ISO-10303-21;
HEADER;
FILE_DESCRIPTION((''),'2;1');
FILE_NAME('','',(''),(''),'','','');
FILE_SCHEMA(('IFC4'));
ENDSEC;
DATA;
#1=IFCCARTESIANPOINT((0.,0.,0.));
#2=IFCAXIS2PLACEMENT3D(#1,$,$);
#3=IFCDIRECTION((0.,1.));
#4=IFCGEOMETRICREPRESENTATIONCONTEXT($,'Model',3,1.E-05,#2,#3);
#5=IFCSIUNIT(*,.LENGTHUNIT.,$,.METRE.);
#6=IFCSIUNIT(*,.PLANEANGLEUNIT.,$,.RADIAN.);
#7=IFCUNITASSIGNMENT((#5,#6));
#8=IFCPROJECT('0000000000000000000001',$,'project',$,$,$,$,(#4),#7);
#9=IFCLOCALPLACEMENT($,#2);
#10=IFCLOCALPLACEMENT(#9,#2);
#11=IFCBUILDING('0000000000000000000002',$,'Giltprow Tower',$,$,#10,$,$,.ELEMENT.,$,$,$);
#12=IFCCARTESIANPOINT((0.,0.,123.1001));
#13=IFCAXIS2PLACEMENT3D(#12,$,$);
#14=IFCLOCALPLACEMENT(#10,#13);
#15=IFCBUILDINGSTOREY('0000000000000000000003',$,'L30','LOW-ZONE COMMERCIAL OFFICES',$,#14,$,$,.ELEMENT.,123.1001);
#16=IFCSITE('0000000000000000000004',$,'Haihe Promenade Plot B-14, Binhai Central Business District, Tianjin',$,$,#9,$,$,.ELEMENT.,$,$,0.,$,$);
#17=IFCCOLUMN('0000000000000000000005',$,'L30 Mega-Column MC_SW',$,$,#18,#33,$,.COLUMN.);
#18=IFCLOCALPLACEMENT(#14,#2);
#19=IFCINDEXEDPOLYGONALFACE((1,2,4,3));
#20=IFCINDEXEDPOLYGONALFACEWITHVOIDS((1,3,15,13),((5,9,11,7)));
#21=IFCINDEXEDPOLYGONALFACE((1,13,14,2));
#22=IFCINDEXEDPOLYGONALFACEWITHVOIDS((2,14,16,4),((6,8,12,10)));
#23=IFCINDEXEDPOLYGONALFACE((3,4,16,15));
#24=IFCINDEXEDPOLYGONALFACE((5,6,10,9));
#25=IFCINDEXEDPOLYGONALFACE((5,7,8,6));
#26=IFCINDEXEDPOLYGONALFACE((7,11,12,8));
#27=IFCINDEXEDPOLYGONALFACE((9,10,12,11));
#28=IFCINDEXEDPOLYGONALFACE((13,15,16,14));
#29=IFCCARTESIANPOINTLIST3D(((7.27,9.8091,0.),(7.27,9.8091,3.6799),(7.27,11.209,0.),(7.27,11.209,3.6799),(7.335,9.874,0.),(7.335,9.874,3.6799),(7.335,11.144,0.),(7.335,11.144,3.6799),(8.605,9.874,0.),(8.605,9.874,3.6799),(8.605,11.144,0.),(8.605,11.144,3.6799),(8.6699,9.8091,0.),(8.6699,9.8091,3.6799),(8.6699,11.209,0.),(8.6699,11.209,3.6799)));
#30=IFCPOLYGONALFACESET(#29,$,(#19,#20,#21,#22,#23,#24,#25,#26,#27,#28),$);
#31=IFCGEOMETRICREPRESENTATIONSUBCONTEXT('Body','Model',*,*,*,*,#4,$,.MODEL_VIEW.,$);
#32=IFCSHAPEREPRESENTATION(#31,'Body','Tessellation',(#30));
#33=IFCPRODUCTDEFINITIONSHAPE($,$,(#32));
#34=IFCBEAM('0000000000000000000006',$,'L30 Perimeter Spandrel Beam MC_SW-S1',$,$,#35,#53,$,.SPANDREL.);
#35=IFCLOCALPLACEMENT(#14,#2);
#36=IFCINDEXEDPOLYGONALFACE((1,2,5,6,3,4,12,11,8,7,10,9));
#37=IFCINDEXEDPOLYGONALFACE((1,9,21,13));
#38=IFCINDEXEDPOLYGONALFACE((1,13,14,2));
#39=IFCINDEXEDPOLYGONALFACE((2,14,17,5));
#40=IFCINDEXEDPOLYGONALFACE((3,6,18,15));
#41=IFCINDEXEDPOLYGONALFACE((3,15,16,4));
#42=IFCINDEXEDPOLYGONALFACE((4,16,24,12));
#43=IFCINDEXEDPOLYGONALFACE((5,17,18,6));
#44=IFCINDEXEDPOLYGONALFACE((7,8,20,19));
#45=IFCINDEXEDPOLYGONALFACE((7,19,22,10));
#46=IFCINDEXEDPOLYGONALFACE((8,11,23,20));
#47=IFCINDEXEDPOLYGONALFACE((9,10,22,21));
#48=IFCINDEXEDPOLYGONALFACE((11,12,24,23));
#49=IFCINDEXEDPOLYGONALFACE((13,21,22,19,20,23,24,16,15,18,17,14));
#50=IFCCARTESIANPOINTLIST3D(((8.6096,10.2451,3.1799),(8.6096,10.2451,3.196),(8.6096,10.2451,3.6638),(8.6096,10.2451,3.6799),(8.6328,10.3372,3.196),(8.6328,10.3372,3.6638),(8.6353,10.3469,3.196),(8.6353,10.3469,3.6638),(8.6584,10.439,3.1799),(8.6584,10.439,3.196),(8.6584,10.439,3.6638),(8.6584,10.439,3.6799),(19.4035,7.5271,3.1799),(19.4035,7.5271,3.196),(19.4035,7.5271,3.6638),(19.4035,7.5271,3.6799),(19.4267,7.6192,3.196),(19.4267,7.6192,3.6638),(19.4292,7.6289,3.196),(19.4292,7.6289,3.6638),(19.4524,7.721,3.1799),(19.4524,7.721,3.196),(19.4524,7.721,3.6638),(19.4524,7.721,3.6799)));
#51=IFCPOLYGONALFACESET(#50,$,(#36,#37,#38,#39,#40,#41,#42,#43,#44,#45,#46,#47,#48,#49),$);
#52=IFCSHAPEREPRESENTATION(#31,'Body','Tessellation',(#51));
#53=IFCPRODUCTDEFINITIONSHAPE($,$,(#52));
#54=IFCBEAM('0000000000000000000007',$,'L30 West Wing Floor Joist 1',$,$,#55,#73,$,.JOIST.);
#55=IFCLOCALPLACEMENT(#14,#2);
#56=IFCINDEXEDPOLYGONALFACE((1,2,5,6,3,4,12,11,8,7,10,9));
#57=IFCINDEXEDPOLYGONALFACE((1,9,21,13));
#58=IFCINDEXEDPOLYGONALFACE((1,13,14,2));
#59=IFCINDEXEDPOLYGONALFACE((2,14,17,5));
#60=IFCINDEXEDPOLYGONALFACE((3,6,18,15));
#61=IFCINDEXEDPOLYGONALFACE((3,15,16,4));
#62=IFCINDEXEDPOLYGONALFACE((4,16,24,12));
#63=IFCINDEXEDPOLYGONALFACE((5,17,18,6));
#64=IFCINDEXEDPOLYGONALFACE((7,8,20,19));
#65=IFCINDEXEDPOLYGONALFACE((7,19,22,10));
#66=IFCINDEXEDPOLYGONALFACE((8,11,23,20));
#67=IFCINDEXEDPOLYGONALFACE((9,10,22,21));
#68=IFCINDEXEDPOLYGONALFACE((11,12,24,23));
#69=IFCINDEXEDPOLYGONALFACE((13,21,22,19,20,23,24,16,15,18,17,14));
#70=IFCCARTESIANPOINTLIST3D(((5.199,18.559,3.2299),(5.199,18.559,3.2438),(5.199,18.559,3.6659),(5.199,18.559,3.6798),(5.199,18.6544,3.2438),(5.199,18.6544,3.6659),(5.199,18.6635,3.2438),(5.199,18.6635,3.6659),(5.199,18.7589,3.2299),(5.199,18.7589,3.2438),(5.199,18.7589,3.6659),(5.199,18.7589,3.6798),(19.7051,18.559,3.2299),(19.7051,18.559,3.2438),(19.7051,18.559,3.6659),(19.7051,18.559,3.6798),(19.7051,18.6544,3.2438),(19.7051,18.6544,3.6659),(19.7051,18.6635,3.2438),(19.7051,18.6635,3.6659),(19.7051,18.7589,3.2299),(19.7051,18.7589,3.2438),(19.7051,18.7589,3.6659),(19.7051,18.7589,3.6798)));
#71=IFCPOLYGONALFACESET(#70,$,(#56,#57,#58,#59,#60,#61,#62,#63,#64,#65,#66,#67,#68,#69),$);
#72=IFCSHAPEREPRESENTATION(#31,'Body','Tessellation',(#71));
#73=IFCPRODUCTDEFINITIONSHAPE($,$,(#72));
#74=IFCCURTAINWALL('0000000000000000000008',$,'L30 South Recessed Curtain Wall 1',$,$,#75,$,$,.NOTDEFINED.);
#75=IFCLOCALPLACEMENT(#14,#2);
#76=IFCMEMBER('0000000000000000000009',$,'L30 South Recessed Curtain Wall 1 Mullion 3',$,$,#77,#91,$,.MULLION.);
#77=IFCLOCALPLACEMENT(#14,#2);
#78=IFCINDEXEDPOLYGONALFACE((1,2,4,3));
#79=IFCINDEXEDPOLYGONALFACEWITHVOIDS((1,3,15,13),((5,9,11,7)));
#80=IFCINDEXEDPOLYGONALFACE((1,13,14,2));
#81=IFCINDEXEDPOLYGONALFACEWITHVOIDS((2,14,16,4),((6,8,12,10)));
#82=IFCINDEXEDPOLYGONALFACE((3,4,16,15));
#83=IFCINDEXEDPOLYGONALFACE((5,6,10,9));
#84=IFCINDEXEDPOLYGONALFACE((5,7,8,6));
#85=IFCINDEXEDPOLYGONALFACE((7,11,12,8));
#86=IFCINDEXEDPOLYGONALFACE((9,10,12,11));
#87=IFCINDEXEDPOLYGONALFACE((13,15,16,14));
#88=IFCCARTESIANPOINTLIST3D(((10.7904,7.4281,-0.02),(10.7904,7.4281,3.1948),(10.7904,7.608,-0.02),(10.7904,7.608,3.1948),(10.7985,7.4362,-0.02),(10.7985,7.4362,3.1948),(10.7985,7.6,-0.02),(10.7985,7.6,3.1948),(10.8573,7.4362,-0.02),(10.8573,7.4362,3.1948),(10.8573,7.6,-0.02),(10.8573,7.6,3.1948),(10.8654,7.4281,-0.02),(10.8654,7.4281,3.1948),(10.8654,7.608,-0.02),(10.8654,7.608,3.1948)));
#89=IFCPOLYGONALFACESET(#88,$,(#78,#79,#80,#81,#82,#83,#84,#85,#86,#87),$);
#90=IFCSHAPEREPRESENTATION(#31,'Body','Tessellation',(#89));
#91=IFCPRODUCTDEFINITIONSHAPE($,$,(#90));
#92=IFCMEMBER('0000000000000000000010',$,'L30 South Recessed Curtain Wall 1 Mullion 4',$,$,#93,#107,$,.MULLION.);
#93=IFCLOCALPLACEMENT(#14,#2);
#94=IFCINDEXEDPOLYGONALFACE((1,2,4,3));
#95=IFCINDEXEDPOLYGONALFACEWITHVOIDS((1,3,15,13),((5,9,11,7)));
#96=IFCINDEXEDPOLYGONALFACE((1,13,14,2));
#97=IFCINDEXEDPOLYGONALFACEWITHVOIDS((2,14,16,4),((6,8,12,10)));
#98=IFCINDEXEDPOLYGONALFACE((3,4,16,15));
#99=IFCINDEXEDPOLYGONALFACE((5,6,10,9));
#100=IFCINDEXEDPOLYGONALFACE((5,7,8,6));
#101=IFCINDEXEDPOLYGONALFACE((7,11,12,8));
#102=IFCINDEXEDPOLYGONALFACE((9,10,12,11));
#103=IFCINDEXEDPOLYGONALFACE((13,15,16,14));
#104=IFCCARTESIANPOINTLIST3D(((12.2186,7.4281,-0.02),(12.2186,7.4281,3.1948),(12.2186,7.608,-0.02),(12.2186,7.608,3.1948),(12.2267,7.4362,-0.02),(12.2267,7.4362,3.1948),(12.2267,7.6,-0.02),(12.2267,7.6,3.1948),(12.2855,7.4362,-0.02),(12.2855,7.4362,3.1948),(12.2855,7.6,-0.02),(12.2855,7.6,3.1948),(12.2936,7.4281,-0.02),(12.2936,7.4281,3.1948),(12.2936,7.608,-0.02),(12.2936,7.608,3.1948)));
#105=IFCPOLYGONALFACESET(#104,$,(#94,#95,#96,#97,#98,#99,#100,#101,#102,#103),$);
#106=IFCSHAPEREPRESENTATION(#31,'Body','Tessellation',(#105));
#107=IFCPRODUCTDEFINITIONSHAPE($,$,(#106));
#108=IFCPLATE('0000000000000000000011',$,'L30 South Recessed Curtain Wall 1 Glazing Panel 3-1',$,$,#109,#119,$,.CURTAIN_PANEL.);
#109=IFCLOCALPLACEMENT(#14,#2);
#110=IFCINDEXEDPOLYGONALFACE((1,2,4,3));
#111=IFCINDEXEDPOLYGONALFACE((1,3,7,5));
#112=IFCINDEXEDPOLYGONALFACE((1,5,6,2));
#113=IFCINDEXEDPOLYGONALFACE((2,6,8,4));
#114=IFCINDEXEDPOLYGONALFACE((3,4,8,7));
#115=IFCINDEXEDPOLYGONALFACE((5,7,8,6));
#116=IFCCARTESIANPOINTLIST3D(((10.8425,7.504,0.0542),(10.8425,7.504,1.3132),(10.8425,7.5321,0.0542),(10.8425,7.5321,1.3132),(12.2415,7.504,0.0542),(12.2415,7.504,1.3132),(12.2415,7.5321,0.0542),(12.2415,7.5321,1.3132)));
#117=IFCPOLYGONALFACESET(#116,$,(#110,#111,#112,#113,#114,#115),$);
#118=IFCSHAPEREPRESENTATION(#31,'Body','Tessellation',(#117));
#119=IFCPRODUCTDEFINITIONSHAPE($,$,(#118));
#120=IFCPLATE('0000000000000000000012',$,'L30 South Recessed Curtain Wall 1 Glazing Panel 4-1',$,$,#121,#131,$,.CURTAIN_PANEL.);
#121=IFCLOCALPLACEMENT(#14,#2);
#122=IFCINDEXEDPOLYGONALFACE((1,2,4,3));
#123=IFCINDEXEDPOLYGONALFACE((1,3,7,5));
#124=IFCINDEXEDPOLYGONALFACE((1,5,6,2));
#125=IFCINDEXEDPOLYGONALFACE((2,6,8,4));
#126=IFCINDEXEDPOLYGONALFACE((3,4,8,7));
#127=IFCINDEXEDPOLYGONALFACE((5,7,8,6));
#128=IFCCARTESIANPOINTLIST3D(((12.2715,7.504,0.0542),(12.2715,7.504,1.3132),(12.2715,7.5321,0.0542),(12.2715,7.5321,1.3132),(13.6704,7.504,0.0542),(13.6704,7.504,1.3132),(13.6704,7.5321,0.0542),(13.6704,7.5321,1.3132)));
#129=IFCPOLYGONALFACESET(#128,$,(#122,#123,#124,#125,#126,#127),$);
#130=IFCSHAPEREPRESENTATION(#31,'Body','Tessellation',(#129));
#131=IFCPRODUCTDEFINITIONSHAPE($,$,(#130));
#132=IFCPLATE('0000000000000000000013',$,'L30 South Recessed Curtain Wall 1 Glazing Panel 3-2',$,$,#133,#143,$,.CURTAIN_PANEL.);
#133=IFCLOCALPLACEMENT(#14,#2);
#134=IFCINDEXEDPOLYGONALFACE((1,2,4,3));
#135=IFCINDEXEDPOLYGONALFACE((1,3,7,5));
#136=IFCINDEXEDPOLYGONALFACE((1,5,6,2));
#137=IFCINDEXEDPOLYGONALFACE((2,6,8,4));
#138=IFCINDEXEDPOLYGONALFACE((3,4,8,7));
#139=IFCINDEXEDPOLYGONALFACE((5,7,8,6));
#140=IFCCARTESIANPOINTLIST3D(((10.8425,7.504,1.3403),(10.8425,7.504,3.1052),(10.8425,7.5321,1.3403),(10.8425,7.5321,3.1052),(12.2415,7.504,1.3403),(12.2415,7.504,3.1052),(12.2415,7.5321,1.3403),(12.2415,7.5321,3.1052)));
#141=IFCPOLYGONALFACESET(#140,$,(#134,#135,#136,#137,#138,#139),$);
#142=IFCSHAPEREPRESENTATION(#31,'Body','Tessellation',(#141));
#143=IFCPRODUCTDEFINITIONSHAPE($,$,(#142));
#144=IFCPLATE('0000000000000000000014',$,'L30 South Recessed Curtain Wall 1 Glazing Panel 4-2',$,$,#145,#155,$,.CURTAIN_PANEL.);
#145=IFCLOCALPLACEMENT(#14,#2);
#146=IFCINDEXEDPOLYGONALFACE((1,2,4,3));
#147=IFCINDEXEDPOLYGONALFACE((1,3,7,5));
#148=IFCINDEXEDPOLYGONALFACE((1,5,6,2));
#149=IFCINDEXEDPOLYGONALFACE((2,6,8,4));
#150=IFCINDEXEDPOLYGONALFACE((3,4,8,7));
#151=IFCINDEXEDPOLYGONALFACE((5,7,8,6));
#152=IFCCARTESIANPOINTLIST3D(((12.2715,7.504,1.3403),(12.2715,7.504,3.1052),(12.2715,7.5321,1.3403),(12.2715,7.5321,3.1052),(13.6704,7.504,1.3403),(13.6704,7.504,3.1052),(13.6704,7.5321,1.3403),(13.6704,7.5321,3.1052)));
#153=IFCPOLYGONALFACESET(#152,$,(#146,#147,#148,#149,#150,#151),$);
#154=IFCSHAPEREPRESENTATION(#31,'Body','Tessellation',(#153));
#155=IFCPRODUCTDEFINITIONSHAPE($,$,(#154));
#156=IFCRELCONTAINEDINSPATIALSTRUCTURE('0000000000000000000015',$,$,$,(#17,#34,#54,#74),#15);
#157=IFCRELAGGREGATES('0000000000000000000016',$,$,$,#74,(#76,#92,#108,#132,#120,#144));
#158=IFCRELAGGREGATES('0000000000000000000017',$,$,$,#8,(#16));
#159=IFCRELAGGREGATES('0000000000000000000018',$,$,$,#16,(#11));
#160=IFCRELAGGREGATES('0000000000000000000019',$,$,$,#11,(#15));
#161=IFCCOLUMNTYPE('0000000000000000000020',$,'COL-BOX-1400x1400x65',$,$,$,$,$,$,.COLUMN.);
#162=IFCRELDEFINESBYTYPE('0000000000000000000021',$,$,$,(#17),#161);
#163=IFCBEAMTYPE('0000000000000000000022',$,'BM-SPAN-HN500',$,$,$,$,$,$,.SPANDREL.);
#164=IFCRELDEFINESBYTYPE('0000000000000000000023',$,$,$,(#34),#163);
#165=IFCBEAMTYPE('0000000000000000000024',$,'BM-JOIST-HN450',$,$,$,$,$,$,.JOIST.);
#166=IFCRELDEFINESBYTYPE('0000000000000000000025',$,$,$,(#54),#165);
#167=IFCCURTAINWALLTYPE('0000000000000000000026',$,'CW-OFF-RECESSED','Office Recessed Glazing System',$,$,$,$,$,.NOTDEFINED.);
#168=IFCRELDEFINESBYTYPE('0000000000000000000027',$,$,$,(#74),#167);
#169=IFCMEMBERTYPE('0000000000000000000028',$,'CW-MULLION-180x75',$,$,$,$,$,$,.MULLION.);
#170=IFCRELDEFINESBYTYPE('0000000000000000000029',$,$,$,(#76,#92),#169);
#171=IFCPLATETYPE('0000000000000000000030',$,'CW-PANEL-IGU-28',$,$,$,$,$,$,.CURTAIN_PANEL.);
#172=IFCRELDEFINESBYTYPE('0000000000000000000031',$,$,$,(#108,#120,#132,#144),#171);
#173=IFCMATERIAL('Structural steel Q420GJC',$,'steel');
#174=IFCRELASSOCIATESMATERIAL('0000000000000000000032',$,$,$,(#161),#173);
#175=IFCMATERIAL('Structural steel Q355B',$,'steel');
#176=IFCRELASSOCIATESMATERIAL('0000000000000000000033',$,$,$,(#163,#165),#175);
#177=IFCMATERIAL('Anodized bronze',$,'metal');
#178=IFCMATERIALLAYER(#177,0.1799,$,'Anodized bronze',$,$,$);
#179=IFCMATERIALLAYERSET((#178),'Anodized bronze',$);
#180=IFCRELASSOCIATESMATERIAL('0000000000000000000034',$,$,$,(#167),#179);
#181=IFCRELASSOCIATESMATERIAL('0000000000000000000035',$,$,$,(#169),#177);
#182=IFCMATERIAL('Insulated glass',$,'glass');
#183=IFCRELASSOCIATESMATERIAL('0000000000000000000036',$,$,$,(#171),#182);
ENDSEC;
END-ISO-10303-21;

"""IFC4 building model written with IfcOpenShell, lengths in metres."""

from ifc_helpers import new_model, si_unit, direction, frame, origin, origin_2d, place, context, subcontext, project, spatial, rectangle, hollow_rectangle, i_section, extrude, source, transform, mapped, material, layer, layer_set, material_profile, profile_set, type_object, element, aggregate, save


model = new_model("IFC4")

# Units and contexts
model_context = context("Model", 3, precision=1e-05, world=origin(), true_north=direction((0.0, 1.0)))
body_context = subcontext(model_context, "Body", "Model", "MODEL_VIEW")
ifc_project = project(units=[si_unit("LENGTHUNIT", "METRE"), si_unit("PLANEANGLEUNIT", "RADIAN")], contexts=[model_context])

# Site, building, storey
site_placement = place(None, origin())
site = spatial("IfcSite", under=ifc_project, at=site_placement, Name="Haihe Promenade Plot B-14, Binhai Central Business District, Tianjin", CompositionType="ELEMENT", RefElevation=0.0)
building_placement = place(site_placement, origin())
building = spatial("IfcBuilding", under=site, at=building_placement, Name="Giltprow Tower", CompositionType="ELEMENT")
storey_placement = place(building_placement, frame((0.0, 0.0, 123.1001)))
storey = spatial("IfcBuildingStorey", under=building, at=storey_placement, Name="L30", Description="LOW-ZONE COMMERCIAL OFFICES", CompositionType="ELEMENT", Elevation=123.1001)

# Column
ifc_material_1 = material(Name="Structural steel Q420GJC", Category="steel")
ifc_material_profile_1 = material_profile(ifc_material_1, hollow_rectangle(XDim=1.3999, YDim=1.3999, WallThickness=0.0649, at=origin_2d()), Name="BOX 1400x1400x65")
ifc_profile_set_1 = profile_set([ifc_material_profile_1], Name="Structural steel Q420GJC")
column_type = type_object("IfcColumnType", Name="COL-BOX-1400x1400x65", PredefinedType="COLUMN", material=ifc_profile_set_1)
shared_shape_1 = source(origin(), body_context, "Body", "SweptSolid", [
    extrude(hollow_rectangle(XDim=1.3999, YDim=1.3999, WallThickness=0.0649, at=origin_2d()), origin(), (0.0, 0.0, 1.0), 3.6799),
])
column_placement = place(storey_placement, frame((7.97, 10.509, 0.0), z_axis=(0.0, 0.0, 1.0), x_axis=(1.0, 0.0, 0.0)))
element("IfcColumn", 1, at=column_placement, inside=storey, type_object=column_type, Name="L30 Mega-Column MC_SW", PredefinedType="COLUMN", context=body_context, shape_type="MappedRepresentation", body=[
    mapped(shared_shape_1, transform((0.0, 0.0, 0.0), x_axis=(1.0, 0.0, 0.0), y_axis=(0.0, 1.0, 0.0), z_axis=(0.0, 0.0, 1.0), scale=1.0)),
])

# Beams
ifc_material_2 = material(Name="Structural steel Q355B", Category="steel")
ifc_material_profile_2 = material_profile(ifc_material_2, i_section(OverallWidth=0.2, OverallDepth=0.5, WebThickness=0.01, FlangeThickness=0.0161, at=origin_2d()), Name="HN 500x200x10x16")
ifc_profile_set_2 = profile_set([ifc_material_profile_2], Name="Structural steel Q355B")
beam_type_1 = type_object("IfcBeamType", Name="BM-SPAN-HN500", PredefinedType="SPANDREL", material=ifc_profile_set_2)
shared_shape_2 = source(origin(), body_context, "Body", "SweptSolid", [
    extrude(i_section(OverallWidth=0.2, OverallDepth=0.5, WebThickness=0.01, FlangeThickness=0.0161, at=origin_2d()), origin(), (0.0, 0.0, 1.0), 11.1309),
])
beam_1_placement = place(storey_placement, frame((8.634, 10.342, 3.4299), z_axis=(0.969728, -0.244187, 0.0), x_axis=(0.244187, 0.969728, 0.0)))
element("IfcBeam", 2, at=beam_1_placement, inside=storey, type_object=beam_type_1, Name="L30 Perimeter Spandrel Beam MC_SW-S1", PredefinedType="SPANDREL", context=body_context, shape_type="MappedRepresentation", body=[
    mapped(shared_shape_2, transform((0.0, 0.0, 0.0), x_axis=(1.0, 0.0, 0.0), y_axis=(0.0, 1.0, 0.0), z_axis=(0.0, 0.0, 1.0), scale=1.0)),
])
ifc_material_profile_3 = material_profile(ifc_material_2, i_section(OverallWidth=0.2, OverallDepth=0.45, WebThickness=0.009, FlangeThickness=0.0139, at=origin_2d()), Name="HN 450x200x9x14")
ifc_profile_set_3 = profile_set([ifc_material_profile_3], Name="Structural steel Q355B")
beam_type_2 = type_object("IfcBeamType", Name="BM-JOIST-HN450", PredefinedType="JOIST", material=ifc_profile_set_3)
shared_shape_3 = source(origin(), body_context, "Body", "SweptSolid", [
    extrude(i_section(OverallWidth=0.2, OverallDepth=0.45, WebThickness=0.009, FlangeThickness=0.0139, at=origin_2d()), origin(), (0.0, 0.0, 1.0), 14.5061),
])
beam_2_placement = place(storey_placement, frame((5.199, 18.6589, 3.4548), z_axis=(1.0, 0.0, 0.0), x_axis=(0.0, 1.0, 0.0)))
element("IfcBeam", 3, at=beam_2_placement, inside=storey, type_object=beam_type_2, Name="L30 West Wing Floor Joist 1", PredefinedType="JOIST", context=body_context, shape_type="MappedRepresentation", body=[
    mapped(shared_shape_3, transform((0.0, 0.0, 0.0), x_axis=(1.0, 0.0, 0.0), y_axis=(0.0, 1.0, 0.0), z_axis=(0.0, 0.0, 1.0), scale=1.0)),
])

# Curtain wall, members, plates
ifc_material_3 = material(Name="Anodized bronze", Category="metal")
ifc_layer_1 = layer(ifc_material_3, 0.1799, Name="Anodized bronze")
ifc_layer_set_1 = layer_set([ifc_layer_1], Name="Anodized bronze")
curtain_wall_type = type_object("IfcCurtainWallType", Name="CW-OFF-RECESSED", Description="Office Recessed Glazing System", PredefinedType="NOTDEFINED", material=ifc_layer_set_1)
curtain_wall_placement = place(storey_placement, origin())
curtain_wall = element("IfcCurtainWall", 4, at=curtain_wall_placement, inside=storey, type_object=curtain_wall_type, Name="L30 South Recessed Curtain Wall 1", PredefinedType="NOTDEFINED")
ifc_material_profile_4 = material_profile(ifc_material_3, hollow_rectangle(XDim=0.075, YDim=0.1799, WallThickness=0.0081, at=origin_2d()), Name="RHS 180x75x8")
ifc_profile_set_4 = profile_set([ifc_material_profile_4], Name="Anodized bronze")
member_type = type_object("IfcMemberType", Name="CW-MULLION-180x75", PredefinedType="MULLION", material=ifc_profile_set_4)
shared_shape_4 = source(origin(), body_context, "Body", "SweptSolid", [
    extrude(hollow_rectangle(XDim=0.075, YDim=0.1799, WallThickness=0.0081, at=origin_2d()), origin(), (0.0, 0.0, 1.0), 3.2148),
])
member_1_placement = place(storey_placement, frame((10.8279, 7.5181, -0.02), z_axis=(0.0, 0.0, 1.0), x_axis=(1.0, 0.0, 0.0)))
member_1 = element("IfcMember", 5, at=member_1_placement, type_object=member_type, Name="L30 South Recessed Curtain Wall 1 Mullion 3", PredefinedType="MULLION", context=body_context, shape_type="MappedRepresentation", body=[
    mapped(shared_shape_4, transform((0.0, 0.0, 0.0), x_axis=(1.0, 0.0, 0.0), y_axis=(0.0, 1.0, 0.0), z_axis=(0.0, 0.0, 1.0), scale=1.0)),
])
member_2_placement = place(storey_placement, frame((12.2561, 7.5181, -0.02), z_axis=(0.0, 0.0, 1.0), x_axis=(1.0, 0.0, 0.0)))
member_2 = element("IfcMember", 6, at=member_2_placement, type_object=member_type, Name="L30 South Recessed Curtain Wall 1 Mullion 4", PredefinedType="MULLION", context=body_context, shape_type="MappedRepresentation", body=[
    mapped(shared_shape_4, transform((0.0, 0.0, 0.0), x_axis=(1.0, 0.0, 0.0), y_axis=(0.0, 1.0, 0.0), z_axis=(0.0, 0.0, 1.0), scale=1.0)),
])
ifc_material_4 = material(Name="Insulated glass", Category="glass")
plate_type = type_object("IfcPlateType", Name="CW-PANEL-IGU-28", PredefinedType="CURTAIN_PANEL", material=ifc_material_4)
shared_shape_5 = source(origin(), body_context, "Body", "SweptSolid", [
    extrude(rectangle(XDim=1.3989, YDim=0.0281, at=origin_2d()), origin(), (0.0, 0.0, 1.0), 1.259),
])
plate_1_placement = place(storey_placement, frame((11.542, 7.5181, 0.0542), z_axis=(0.0, 0.0, 1.0), x_axis=(1.0, 0.0, 0.0)))
plate_1 = element("IfcPlate", 7, at=plate_1_placement, type_object=plate_type, Name="L30 South Recessed Curtain Wall 1 Glazing Panel 3-1", PredefinedType="CURTAIN_PANEL", context=body_context, shape_type="MappedRepresentation", body=[
    mapped(shared_shape_5, transform((0.0, 0.0, 0.0), x_axis=(1.0, 0.0, 0.0), y_axis=(0.0, 1.0, 0.0), z_axis=(0.0, 0.0, 1.0), scale=1.0)),
])
plate_2_placement = place(storey_placement, frame((12.9709, 7.5181, 0.0542), z_axis=(0.0, 0.0, 1.0), x_axis=(1.0, 0.0, 0.0)))
plate_2 = element("IfcPlate", 8, at=plate_2_placement, type_object=plate_type, Name="L30 South Recessed Curtain Wall 1 Glazing Panel 4-1", PredefinedType="CURTAIN_PANEL", context=body_context, shape_type="MappedRepresentation", body=[
    mapped(shared_shape_5, transform((0.0, 0.0, 0.0), x_axis=(1.0, 0.0, 0.0), y_axis=(0.0, 1.0, 0.0), z_axis=(0.0, 0.0, 1.0), scale=1.0)),
])
shared_shape_6 = source(origin(), body_context, "Body", "SweptSolid", [
    extrude(rectangle(XDim=1.3989, YDim=0.0281, at=origin_2d()), origin(), (0.0, 0.0, 1.0), 1.7649),
])
plate_3_placement = place(storey_placement, frame((11.542, 7.5181, 1.3403), z_axis=(0.0, 0.0, 1.0), x_axis=(1.0, 0.0, 0.0)))
plate_3 = element("IfcPlate", 9, at=plate_3_placement, type_object=plate_type, Name="L30 South Recessed Curtain Wall 1 Glazing Panel 3-2", PredefinedType="CURTAIN_PANEL", context=body_context, shape_type="MappedRepresentation", body=[
    mapped(shared_shape_6, transform((0.0, 0.0, 0.0), x_axis=(1.0, 0.0, 0.0), y_axis=(0.0, 1.0, 0.0), z_axis=(0.0, 0.0, 1.0), scale=1.0)),
])
plate_4_placement = place(storey_placement, frame((12.9709, 7.5181, 1.3403), z_axis=(0.0, 0.0, 1.0), x_axis=(1.0, 0.0, 0.0)))
plate_4 = element("IfcPlate", 10, at=plate_4_placement, type_object=plate_type, Name="L30 South Recessed Curtain Wall 1 Glazing Panel 4-2", PredefinedType="CURTAIN_PANEL", context=body_context, shape_type="MappedRepresentation", body=[
    mapped(shared_shape_6, transform((0.0, 0.0, 0.0), x_axis=(1.0, 0.0, 0.0), y_axis=(0.0, 1.0, 0.0), z_axis=(0.0, 0.0, 1.0), scale=1.0)),
])
aggregate(curtain_wall, [member_1, member_2, plate_1, plate_3, plate_2, plate_4])

save(model, "model.ifc")
